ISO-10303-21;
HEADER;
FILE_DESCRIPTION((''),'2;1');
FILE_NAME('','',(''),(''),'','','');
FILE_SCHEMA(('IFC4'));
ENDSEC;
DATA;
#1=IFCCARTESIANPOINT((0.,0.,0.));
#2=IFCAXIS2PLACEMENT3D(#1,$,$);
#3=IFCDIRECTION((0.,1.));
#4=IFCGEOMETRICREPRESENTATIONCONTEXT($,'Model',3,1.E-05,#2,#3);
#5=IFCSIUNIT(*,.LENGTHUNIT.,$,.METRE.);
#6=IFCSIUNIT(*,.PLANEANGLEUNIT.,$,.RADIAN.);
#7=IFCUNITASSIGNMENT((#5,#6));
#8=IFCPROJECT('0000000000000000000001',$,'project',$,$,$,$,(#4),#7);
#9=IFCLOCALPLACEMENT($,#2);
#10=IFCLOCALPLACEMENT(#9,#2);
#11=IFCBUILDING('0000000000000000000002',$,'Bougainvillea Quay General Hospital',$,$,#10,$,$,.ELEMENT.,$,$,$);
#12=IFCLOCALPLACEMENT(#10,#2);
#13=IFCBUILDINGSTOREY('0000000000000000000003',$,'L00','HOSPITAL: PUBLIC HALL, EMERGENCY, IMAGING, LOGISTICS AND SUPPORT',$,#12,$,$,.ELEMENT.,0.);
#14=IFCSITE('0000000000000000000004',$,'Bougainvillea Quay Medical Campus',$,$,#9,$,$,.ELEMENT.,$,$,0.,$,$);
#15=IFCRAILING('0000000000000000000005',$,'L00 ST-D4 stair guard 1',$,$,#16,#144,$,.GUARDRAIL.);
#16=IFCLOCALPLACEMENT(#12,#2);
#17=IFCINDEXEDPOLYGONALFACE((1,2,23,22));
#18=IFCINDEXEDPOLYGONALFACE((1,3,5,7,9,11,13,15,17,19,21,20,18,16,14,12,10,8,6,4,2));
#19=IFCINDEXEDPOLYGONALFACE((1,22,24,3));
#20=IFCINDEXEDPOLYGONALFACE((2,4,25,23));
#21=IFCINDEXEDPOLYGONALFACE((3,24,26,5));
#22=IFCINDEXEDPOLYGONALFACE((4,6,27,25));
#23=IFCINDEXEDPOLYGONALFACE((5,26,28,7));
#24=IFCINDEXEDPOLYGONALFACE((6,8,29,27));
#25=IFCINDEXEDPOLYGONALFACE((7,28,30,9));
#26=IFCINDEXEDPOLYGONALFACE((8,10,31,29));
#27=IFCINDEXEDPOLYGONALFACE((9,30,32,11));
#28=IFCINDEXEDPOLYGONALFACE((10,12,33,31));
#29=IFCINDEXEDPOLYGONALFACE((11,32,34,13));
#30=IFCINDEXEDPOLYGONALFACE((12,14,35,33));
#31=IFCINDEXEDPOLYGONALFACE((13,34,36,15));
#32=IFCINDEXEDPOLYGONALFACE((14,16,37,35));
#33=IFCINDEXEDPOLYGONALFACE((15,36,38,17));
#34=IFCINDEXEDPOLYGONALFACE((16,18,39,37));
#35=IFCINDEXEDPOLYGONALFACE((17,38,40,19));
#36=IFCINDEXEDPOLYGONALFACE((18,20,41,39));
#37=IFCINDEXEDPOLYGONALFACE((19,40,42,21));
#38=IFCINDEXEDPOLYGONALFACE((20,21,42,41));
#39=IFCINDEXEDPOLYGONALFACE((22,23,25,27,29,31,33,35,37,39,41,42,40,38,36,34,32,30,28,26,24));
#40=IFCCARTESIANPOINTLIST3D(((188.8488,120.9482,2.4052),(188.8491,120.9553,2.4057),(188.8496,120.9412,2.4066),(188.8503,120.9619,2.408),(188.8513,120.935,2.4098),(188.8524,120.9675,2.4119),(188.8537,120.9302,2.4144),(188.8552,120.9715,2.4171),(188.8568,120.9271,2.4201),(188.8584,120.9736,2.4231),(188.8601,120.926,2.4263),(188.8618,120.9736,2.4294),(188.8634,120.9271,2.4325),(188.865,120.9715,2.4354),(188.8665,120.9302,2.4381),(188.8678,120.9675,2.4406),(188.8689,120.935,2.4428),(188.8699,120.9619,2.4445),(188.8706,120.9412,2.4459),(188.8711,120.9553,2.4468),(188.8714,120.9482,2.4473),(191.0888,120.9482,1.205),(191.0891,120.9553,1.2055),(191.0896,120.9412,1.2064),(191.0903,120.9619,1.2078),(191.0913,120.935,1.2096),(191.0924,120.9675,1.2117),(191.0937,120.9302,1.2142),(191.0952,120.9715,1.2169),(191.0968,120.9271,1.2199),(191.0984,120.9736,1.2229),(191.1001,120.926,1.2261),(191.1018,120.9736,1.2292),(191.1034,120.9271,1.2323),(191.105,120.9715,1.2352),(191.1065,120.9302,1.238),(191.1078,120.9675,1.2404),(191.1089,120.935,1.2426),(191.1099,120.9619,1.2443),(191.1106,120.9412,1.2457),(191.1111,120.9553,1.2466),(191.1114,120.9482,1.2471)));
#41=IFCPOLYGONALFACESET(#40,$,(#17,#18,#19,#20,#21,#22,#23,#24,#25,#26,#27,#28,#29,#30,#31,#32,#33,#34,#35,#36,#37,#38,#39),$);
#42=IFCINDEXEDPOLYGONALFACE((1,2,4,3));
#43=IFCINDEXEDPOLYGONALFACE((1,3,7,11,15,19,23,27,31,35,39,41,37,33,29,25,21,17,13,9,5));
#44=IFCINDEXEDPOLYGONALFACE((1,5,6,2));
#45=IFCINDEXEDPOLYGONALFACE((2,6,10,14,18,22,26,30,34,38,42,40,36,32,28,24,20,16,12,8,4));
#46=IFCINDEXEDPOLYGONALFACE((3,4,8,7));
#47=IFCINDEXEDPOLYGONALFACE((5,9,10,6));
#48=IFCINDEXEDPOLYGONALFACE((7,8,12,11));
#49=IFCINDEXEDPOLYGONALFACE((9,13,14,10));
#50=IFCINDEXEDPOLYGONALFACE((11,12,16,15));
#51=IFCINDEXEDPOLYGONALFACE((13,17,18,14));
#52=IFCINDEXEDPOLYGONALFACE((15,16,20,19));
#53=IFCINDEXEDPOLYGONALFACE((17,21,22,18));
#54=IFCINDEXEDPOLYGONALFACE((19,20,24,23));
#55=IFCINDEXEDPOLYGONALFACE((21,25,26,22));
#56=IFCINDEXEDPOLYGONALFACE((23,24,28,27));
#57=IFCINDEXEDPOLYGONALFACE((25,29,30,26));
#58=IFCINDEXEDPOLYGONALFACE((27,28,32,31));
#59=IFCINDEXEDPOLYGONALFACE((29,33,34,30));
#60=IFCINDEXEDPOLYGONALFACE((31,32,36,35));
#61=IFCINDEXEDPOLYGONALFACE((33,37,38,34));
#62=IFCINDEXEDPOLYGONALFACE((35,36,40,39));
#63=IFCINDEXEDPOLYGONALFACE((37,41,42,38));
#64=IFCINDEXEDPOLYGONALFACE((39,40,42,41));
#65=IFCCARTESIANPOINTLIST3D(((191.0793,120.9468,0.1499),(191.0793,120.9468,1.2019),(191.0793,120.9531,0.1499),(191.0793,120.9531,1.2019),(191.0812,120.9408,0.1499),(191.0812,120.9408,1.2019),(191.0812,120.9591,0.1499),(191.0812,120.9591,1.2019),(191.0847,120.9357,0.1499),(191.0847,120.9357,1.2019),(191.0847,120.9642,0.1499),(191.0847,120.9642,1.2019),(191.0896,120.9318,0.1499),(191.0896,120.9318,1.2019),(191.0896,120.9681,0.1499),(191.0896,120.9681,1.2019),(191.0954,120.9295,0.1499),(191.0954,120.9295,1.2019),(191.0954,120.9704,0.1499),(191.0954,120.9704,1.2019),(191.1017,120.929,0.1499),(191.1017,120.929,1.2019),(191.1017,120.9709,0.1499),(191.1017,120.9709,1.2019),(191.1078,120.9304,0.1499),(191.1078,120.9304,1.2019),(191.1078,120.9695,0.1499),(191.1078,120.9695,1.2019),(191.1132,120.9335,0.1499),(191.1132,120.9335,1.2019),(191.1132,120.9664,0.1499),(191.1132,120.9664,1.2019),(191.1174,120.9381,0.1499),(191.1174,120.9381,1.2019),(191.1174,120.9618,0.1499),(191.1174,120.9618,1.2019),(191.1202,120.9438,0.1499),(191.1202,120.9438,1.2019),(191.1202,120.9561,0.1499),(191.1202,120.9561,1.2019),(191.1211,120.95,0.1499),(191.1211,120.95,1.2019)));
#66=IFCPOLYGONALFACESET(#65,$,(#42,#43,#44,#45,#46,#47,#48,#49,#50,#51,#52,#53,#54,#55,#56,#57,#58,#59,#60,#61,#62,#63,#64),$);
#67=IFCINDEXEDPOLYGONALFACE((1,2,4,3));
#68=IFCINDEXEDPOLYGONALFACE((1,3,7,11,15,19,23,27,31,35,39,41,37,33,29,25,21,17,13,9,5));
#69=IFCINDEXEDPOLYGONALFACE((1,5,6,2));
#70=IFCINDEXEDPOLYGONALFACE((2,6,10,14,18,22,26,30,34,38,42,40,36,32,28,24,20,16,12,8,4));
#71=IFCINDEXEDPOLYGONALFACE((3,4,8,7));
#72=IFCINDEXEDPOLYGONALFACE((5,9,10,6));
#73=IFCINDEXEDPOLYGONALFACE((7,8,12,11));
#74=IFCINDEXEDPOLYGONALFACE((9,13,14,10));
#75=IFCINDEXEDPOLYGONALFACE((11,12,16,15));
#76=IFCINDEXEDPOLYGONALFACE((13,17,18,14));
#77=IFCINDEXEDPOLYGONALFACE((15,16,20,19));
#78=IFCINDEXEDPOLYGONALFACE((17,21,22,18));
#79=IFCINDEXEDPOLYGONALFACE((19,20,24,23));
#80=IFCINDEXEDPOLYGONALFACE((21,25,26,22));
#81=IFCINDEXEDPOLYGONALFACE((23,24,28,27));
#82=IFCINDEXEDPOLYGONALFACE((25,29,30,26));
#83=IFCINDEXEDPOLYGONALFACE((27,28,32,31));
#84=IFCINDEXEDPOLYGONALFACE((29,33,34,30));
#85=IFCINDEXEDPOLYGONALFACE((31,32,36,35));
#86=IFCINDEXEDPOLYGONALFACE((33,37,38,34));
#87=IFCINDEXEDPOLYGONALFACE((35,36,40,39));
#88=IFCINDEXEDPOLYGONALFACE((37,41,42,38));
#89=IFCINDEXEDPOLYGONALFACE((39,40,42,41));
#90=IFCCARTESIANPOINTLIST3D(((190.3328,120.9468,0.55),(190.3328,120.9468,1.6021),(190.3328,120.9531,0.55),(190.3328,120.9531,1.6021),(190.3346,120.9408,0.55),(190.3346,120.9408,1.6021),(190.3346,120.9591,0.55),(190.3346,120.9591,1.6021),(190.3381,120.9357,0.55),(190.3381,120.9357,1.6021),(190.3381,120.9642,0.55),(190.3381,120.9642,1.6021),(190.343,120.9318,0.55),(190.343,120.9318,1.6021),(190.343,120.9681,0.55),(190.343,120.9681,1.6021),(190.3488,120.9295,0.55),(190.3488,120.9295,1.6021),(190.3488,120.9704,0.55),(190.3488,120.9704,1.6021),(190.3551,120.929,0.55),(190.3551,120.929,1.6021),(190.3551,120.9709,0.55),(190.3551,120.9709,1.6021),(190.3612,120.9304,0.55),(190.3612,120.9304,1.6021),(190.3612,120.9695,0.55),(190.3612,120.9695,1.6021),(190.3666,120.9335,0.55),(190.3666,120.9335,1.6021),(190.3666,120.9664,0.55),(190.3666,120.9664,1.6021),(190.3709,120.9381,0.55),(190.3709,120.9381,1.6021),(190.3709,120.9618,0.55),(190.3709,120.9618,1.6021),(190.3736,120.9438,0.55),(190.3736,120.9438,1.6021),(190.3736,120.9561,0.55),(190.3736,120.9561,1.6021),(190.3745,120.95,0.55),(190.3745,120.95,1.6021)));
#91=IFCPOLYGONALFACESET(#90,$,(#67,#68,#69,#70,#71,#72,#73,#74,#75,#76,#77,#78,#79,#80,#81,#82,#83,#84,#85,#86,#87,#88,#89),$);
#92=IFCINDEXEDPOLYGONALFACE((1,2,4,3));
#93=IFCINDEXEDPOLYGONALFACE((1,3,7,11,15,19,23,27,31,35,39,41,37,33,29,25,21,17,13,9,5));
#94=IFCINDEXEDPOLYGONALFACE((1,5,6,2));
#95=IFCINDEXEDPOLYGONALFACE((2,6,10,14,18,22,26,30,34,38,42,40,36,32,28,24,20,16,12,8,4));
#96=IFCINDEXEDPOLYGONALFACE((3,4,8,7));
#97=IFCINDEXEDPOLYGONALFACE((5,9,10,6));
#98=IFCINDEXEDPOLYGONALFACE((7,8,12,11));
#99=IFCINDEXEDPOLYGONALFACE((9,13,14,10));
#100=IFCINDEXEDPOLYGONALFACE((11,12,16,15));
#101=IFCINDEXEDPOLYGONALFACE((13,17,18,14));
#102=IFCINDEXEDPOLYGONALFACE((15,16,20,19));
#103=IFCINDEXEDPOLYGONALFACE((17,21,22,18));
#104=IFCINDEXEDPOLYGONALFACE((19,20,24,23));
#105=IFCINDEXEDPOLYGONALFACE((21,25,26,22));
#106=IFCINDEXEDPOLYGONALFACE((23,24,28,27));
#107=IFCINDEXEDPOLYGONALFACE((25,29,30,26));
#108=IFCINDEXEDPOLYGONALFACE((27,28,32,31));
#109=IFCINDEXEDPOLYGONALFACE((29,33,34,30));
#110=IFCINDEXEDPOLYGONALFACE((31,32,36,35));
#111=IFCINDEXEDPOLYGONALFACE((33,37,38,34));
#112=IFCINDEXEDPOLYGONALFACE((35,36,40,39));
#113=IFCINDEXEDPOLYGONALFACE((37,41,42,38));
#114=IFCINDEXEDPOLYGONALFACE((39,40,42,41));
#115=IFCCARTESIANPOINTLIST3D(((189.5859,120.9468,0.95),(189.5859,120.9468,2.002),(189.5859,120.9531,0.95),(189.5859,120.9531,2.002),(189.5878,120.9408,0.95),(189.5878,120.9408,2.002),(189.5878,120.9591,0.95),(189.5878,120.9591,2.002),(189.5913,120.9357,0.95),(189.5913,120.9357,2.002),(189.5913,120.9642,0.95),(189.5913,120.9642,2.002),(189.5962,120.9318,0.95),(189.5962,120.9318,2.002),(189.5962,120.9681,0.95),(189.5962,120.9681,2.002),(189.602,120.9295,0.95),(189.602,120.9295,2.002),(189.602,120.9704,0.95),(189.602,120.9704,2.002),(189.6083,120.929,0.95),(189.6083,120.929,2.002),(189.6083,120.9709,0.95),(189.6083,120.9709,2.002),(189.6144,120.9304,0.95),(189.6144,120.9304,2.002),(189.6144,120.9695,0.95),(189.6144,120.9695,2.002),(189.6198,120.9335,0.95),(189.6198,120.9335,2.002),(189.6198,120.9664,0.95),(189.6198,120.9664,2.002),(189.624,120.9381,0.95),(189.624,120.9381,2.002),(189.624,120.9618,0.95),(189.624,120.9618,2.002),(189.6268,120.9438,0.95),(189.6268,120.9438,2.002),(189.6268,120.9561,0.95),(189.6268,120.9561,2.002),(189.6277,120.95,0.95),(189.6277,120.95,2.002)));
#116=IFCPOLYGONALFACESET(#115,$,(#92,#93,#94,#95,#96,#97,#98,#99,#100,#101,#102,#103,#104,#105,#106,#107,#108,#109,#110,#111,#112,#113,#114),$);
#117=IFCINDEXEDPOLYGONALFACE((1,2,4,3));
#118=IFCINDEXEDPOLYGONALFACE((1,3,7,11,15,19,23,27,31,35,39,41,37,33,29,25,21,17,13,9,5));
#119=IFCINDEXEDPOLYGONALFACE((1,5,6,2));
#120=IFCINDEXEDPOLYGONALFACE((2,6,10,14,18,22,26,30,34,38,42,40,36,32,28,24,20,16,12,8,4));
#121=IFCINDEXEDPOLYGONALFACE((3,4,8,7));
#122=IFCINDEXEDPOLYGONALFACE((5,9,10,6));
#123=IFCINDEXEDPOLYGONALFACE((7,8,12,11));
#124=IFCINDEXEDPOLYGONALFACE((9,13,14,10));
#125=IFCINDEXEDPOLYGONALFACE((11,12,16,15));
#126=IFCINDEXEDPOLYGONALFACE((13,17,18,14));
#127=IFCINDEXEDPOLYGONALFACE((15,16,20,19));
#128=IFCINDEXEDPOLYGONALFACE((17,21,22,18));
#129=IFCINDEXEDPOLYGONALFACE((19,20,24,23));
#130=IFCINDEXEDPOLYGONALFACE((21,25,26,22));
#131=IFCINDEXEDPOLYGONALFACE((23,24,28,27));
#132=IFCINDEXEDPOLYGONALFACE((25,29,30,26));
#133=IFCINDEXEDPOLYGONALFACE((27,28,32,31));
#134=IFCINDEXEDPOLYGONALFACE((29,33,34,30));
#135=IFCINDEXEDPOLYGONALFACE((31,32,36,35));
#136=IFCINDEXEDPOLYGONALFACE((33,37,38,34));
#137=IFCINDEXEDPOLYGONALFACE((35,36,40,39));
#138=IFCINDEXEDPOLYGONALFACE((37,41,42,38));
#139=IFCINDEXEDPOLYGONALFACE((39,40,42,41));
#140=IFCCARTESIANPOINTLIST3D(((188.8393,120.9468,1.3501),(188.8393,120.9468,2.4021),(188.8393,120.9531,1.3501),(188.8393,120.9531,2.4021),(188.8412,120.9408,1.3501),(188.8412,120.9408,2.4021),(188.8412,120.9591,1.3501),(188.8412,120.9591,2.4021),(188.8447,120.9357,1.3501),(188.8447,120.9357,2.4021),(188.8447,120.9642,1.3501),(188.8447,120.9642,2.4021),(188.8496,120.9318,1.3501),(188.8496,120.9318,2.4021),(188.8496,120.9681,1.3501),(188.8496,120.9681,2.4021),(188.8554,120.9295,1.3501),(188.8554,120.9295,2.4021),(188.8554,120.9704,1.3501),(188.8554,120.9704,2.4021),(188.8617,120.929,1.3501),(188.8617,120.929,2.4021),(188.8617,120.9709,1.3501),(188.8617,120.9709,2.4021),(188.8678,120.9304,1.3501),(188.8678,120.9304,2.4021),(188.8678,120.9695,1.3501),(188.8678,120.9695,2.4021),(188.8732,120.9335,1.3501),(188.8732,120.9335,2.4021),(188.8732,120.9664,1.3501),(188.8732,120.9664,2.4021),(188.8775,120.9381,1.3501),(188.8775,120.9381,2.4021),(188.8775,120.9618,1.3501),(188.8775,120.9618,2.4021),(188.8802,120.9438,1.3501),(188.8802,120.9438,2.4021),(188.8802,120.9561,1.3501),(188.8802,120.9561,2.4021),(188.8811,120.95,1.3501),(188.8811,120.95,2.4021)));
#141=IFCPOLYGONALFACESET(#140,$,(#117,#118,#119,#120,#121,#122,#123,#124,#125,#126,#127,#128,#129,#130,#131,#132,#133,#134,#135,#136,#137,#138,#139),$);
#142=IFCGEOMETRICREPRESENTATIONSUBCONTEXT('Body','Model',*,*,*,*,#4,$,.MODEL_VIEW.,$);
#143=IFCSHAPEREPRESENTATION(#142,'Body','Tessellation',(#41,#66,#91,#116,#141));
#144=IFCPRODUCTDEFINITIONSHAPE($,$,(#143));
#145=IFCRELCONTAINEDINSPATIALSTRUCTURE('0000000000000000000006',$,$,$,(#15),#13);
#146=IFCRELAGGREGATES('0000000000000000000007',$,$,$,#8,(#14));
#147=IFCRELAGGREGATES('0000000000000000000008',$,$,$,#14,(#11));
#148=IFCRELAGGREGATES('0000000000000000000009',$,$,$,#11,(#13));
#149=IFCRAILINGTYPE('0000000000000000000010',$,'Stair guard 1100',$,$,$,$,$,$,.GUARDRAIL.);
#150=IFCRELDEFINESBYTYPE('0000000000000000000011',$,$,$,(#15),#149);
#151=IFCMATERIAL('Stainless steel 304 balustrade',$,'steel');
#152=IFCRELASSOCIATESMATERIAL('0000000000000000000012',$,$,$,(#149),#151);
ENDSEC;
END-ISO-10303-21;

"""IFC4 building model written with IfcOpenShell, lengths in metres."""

from ifc_helpers import new_model, si_unit, direction, frame, origin, origin_2d, place, context, subcontext, project, spatial, circle, extrude, material, type_object, element, save


model = new_model("IFC4")

# Units and contexts
model_context = context("Model", 3, precision=1e-05, world=origin(), true_north=direction((0.0, 1.0)))
body_context = subcontext(model_context, "Body", "Model", "MODEL_VIEW")
ifc_project = project(units=[si_unit("LENGTHUNIT", "METRE"), si_unit("PLANEANGLEUNIT", "RADIAN")], contexts=[model_context])

# Site, building, storey
site_placement = place(None, origin())
site = spatial("IfcSite", under=ifc_project, at=site_placement, Name="Bougainvillea Quay Medical Campus", CompositionType="ELEMENT", RefElevation=0.0)
building_placement = place(site_placement, origin())
building = spatial("IfcBuilding", under=site, at=building_placement, Name="Bougainvillea Quay General Hospital", CompositionType="ELEMENT")
storey_placement = place(building_placement, origin())
storey = spatial("IfcBuildingStorey", under=building, at=storey_placement, Name="L00", Description="HOSPITAL: PUBLIC HALL, EMERGENCY, IMAGING, LOGISTICS AND SUPPORT", CompositionType="ELEMENT", Elevation=0.0)

# Railing
ifc_material_1 = material(Name="Stainless steel 304 balustrade", Category="steel")
railing_type_1 = type_object("IfcRailingType", Name="Stair guard 1100", PredefinedType="GUARDRAIL", material=ifc_material_1)
railing_1_placement = place(storey_placement, frame((191.1001, 120.95, 0.1499)))
element("IfcRailing", 1, at=railing_1_placement, inside=storey, type_object=railing_type_1, Name="L00 ST-D4 stair guard 1", PredefinedType="GUARDRAIL", context=body_context, shape_type="SweptSolid", body=[
    extrude(circle(Radius=0.0239, at=origin_2d()), frame((0.0, 0.0, 1.0762), z_axis=(-0.881447, 0.0, 0.472283), x_axis=(0.0, -1.0, 0.0)), (0.0, 0.0, 1.0), 2.5413),
    extrude(circle(Radius=0.021, at=origin_2d()), origin(), (0.0, 0.0, 1.0), 1.052),
    extrude(circle(Radius=0.021, at=origin_2d()), frame((-0.7466, 0.0, 0.4001)), (0.0, 0.0, 1.0), 1.052),
    extrude(circle(Radius=0.021, at=origin_2d()), frame((-1.4934, 0.0, 0.8)), (0.0, 0.0, 1.0), 1.052),
    extrude(circle(Radius=0.021, at=origin_2d()), frame((-2.24, 0.0, 1.2002)), (0.0, 0.0, 1.0), 1.052),
])

save(model, "model.ifc")
